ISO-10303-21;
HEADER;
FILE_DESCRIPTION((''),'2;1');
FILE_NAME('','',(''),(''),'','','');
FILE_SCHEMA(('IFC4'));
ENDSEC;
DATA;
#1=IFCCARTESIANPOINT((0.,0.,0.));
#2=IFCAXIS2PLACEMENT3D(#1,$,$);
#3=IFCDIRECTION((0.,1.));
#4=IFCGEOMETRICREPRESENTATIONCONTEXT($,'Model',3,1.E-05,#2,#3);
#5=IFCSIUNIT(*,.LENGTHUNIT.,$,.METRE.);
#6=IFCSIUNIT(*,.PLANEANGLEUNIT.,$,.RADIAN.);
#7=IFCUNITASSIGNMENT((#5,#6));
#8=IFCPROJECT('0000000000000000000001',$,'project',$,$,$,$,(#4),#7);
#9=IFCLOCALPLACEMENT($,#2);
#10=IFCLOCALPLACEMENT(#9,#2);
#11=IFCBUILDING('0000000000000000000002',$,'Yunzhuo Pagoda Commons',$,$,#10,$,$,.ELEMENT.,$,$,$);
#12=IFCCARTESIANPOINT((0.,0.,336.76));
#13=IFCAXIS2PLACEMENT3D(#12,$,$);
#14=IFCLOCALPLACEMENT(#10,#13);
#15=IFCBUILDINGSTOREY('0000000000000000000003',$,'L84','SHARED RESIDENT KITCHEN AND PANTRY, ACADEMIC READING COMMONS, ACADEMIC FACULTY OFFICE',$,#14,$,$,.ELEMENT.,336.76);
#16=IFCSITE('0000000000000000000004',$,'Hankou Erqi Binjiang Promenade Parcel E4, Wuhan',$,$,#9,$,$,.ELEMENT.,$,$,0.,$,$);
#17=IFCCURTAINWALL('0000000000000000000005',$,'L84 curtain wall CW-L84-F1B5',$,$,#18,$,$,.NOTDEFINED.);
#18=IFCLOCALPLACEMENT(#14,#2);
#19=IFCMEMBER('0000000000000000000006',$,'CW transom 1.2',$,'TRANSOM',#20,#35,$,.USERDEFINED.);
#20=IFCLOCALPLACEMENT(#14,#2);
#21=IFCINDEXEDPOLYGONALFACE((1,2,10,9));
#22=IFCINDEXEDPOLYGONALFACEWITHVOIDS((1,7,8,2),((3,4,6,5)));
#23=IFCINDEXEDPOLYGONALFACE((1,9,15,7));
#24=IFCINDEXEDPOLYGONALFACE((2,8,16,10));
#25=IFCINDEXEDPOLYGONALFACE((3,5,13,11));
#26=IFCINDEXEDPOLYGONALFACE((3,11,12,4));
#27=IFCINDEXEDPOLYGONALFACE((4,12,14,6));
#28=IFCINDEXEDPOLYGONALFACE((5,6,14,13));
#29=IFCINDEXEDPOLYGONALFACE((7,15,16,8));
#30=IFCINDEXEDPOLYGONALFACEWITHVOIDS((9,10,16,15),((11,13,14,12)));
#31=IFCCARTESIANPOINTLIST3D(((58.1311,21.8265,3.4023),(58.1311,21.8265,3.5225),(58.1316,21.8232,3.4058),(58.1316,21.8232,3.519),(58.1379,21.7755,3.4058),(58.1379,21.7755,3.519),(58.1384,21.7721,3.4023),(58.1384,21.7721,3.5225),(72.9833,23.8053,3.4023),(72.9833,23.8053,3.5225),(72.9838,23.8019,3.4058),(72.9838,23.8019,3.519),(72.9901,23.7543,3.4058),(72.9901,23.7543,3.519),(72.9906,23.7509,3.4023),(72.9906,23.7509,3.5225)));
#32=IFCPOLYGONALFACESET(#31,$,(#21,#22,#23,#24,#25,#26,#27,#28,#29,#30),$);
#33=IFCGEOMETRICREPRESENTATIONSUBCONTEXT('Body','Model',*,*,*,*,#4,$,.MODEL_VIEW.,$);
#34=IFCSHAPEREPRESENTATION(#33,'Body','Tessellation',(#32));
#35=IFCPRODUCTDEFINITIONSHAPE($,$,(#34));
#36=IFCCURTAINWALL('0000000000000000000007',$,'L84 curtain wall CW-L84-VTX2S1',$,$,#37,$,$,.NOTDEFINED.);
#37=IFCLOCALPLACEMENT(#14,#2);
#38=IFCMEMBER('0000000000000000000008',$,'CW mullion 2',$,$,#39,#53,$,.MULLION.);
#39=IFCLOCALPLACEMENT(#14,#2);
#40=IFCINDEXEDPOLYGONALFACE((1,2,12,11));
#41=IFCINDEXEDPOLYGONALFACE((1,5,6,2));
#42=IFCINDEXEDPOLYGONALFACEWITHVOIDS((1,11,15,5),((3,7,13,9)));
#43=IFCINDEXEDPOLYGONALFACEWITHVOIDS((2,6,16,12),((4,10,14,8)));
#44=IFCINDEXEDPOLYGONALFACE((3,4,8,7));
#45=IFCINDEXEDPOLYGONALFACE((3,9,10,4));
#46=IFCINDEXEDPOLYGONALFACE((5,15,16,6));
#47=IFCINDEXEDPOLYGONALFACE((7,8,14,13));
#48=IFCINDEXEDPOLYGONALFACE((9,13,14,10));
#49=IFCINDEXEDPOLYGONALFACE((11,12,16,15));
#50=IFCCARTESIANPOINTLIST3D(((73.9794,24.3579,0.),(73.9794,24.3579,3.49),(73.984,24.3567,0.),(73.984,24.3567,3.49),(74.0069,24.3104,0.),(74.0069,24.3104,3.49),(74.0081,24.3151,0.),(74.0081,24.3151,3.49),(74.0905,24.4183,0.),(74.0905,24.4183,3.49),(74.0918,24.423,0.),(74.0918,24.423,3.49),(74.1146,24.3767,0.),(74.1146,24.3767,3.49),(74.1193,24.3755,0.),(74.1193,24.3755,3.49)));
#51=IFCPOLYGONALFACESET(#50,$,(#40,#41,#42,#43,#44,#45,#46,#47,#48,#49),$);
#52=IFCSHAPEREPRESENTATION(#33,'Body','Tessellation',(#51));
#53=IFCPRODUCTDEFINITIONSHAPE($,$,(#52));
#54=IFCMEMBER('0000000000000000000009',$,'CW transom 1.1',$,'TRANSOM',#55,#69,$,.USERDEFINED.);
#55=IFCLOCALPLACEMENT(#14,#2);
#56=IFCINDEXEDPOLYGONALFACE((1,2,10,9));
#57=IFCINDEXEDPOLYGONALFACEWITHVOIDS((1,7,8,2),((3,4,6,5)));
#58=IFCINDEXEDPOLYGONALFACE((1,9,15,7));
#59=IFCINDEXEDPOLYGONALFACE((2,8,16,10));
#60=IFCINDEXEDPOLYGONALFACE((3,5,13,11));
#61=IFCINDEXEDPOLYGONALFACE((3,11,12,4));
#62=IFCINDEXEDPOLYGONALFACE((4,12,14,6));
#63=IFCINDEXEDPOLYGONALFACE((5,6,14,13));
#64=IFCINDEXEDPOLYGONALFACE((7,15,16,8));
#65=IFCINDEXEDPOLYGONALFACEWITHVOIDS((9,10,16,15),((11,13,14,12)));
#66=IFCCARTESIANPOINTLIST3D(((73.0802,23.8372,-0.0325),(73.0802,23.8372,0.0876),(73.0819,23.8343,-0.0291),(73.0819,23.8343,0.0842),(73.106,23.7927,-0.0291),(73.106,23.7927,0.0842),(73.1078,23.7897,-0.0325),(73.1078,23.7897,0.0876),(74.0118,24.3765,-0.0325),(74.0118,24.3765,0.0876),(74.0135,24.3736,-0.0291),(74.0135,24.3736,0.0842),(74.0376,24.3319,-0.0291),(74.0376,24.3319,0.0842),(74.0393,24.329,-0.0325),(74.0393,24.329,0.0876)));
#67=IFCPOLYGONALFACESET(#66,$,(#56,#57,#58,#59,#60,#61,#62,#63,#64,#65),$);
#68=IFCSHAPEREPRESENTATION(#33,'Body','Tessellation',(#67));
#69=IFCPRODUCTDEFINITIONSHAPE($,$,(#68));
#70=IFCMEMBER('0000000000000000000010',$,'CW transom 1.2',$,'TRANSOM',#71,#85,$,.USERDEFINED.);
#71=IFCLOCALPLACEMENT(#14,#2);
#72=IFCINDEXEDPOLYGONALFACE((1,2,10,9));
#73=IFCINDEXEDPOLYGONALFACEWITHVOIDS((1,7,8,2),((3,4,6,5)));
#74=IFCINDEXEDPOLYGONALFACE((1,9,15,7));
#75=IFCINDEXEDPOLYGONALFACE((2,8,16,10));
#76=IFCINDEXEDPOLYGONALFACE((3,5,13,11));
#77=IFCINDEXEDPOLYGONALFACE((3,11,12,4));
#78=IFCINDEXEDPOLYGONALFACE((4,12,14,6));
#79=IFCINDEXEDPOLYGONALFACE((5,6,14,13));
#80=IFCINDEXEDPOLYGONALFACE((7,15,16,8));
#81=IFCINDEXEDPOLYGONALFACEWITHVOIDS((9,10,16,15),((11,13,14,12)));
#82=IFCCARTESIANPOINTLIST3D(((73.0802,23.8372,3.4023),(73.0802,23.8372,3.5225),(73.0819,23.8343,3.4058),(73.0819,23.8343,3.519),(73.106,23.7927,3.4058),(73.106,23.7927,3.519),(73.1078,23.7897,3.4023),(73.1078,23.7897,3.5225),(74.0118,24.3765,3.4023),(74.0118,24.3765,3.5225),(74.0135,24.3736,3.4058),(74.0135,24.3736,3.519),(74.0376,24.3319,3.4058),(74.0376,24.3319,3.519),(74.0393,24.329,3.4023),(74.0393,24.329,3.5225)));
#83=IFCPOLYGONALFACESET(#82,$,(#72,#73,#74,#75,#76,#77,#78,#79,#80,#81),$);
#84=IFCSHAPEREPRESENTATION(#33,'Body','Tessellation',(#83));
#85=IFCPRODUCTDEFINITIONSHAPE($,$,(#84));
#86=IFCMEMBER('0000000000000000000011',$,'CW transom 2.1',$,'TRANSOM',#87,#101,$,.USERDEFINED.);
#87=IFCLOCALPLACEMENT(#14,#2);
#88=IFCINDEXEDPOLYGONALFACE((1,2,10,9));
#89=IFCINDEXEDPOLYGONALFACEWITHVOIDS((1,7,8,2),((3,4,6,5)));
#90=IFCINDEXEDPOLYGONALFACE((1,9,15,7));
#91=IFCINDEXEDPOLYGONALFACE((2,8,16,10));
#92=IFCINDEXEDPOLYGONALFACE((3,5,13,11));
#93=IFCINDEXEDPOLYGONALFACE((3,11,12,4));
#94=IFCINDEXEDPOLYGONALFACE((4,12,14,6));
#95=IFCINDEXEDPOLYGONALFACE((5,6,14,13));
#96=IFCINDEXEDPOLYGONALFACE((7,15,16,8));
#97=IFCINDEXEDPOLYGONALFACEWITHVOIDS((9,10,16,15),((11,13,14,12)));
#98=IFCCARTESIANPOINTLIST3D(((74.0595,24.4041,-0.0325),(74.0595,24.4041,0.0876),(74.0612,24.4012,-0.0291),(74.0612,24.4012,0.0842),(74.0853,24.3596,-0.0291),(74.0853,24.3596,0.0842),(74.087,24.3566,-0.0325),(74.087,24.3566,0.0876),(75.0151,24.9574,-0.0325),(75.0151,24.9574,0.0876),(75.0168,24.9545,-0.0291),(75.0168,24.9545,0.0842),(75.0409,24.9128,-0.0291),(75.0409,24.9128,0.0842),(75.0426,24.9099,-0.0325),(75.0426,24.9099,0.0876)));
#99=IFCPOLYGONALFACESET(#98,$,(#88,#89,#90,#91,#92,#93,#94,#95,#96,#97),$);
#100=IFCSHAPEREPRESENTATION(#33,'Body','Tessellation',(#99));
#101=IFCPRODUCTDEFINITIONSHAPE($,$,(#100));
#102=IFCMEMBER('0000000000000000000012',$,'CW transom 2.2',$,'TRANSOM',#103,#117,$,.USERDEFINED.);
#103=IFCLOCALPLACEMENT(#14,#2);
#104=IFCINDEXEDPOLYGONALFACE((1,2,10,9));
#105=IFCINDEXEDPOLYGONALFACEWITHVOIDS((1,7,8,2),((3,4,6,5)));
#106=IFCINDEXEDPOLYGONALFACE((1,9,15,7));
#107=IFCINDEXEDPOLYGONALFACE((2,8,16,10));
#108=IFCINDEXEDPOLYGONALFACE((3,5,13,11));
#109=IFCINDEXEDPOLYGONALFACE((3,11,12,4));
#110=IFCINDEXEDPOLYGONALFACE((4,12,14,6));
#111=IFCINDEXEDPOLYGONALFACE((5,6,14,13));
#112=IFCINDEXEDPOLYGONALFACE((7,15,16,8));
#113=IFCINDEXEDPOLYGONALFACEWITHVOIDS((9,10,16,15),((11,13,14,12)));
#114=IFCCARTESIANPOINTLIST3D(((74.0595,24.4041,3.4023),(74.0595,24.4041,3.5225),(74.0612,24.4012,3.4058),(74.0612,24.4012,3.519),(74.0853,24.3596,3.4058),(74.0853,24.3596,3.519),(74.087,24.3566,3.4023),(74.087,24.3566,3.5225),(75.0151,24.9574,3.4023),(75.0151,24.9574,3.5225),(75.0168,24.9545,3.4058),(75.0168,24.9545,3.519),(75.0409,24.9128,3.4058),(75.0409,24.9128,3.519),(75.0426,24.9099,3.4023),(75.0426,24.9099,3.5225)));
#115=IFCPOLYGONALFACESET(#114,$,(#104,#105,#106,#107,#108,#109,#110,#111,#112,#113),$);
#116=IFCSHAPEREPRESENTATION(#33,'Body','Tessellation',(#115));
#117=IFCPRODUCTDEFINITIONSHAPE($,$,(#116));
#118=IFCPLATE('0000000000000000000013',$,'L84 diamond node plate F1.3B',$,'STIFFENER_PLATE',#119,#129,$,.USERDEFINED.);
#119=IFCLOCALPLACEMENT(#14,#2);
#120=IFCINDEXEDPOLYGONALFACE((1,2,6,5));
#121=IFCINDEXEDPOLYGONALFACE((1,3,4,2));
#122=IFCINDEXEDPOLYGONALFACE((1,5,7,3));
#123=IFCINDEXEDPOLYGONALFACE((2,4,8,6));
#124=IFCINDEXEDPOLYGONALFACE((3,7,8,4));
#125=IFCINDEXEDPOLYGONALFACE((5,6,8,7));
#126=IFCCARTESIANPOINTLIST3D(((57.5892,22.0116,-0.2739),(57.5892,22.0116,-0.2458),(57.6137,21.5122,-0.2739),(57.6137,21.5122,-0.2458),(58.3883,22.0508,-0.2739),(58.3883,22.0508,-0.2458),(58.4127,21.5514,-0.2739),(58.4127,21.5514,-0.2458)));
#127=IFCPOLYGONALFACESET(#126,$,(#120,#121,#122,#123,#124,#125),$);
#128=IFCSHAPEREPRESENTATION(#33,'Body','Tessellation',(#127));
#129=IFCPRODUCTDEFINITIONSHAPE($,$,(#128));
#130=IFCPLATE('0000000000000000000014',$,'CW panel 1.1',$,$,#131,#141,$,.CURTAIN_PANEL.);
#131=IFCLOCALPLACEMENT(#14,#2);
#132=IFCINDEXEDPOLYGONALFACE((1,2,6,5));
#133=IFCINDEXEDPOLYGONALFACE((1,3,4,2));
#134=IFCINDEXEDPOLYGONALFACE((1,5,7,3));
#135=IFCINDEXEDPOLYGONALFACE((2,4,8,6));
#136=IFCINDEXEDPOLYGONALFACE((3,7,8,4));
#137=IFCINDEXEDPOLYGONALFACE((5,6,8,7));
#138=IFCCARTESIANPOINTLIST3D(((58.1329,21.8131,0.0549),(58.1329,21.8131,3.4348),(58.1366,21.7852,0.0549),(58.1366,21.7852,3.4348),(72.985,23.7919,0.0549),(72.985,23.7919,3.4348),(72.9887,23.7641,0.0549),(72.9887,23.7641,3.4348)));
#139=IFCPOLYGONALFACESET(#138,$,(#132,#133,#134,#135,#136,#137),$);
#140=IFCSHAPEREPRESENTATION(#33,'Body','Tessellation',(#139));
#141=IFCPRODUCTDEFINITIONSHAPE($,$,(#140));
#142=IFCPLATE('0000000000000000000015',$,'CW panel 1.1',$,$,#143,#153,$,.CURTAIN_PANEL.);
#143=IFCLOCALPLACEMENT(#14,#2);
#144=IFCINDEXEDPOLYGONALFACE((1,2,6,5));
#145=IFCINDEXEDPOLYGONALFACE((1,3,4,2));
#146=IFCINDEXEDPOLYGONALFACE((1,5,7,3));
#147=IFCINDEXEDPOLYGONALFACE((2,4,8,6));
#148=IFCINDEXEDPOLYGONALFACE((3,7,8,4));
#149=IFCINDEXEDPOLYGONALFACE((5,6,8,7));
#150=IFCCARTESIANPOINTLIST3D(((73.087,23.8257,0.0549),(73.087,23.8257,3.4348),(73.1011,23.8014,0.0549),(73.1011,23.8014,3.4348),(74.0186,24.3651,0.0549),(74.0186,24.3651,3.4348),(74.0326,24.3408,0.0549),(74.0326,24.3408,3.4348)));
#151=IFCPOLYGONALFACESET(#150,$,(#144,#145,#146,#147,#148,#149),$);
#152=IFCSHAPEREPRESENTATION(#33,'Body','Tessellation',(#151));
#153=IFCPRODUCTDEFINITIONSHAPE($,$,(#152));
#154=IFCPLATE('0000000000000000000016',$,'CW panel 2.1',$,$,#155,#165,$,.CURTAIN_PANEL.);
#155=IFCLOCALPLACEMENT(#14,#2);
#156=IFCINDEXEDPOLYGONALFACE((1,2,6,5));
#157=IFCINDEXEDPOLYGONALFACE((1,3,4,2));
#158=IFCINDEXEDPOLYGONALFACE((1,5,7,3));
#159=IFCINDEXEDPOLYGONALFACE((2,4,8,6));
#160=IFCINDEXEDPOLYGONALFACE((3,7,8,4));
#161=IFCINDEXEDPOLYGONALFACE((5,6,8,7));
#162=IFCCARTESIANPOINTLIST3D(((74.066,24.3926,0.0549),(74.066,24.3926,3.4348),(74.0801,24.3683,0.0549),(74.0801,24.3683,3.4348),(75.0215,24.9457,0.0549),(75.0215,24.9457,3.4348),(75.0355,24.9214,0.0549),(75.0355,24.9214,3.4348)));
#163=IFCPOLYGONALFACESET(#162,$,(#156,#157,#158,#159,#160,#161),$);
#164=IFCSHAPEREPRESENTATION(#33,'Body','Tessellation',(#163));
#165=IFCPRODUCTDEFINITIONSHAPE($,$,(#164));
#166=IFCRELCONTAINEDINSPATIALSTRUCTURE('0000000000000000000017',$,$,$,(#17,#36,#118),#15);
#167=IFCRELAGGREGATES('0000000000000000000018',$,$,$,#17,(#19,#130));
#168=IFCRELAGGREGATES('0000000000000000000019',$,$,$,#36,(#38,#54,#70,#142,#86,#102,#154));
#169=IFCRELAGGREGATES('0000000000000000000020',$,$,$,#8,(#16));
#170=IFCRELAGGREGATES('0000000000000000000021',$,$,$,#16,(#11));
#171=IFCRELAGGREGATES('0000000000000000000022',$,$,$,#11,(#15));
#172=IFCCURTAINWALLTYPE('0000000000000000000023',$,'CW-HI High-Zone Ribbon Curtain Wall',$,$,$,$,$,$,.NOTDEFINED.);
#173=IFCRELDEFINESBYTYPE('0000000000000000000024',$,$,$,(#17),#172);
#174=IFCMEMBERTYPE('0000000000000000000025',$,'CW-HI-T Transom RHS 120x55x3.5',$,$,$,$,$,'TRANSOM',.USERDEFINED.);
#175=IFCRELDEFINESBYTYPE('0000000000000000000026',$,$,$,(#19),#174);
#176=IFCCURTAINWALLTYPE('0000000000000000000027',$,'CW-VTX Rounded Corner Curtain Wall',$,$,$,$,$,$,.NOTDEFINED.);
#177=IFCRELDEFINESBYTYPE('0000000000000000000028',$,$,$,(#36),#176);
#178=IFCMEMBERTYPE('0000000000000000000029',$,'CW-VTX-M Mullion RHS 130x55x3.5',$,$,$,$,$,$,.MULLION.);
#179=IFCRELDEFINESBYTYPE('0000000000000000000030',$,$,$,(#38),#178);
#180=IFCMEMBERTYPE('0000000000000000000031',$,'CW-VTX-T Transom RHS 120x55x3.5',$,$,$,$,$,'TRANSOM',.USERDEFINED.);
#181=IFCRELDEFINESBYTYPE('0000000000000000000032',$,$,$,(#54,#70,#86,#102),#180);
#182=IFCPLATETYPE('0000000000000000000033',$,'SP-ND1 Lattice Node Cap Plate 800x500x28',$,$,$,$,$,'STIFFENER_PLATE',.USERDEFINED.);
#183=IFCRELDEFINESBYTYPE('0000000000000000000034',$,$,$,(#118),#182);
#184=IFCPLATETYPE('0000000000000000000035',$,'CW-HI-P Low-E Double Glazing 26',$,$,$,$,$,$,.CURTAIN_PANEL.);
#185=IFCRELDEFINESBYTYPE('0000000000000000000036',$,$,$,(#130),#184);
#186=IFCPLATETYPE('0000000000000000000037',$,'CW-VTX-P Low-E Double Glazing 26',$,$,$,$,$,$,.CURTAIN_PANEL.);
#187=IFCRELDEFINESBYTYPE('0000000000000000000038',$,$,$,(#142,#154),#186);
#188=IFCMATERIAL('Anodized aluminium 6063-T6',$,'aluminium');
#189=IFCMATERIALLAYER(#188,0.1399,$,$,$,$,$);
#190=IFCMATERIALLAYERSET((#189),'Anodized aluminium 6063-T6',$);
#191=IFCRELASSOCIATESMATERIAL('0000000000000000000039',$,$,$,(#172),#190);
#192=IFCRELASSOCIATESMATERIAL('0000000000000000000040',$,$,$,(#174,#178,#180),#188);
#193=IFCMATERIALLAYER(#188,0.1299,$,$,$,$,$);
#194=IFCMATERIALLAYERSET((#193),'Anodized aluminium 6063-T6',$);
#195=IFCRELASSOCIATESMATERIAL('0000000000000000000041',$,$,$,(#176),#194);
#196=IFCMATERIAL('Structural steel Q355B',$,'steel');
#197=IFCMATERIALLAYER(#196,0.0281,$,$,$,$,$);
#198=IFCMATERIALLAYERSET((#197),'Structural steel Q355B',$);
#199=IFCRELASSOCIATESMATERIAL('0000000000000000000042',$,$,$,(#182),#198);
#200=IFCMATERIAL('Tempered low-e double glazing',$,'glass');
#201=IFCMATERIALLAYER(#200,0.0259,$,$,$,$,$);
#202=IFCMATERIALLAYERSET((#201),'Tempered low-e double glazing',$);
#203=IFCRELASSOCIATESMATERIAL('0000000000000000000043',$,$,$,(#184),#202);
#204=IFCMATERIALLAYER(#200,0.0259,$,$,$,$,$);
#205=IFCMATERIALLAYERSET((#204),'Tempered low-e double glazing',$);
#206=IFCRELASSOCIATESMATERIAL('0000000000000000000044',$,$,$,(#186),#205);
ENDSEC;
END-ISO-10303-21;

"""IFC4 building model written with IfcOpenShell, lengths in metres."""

from ifc_helpers import new_model, si_unit, direction, frame, origin, origin_2d, place, context, subcontext, project, spatial, rectangle, hollow_rectangle, extrude, source, transform, mapped, material, layer, layer_set, material_profile, profile_set, type_object, element, aggregate, save


model = new_model("IFC4")

# Units and contexts
model_context = context("Model", 3, precision=1e-05, world=origin(), true_north=direction((0.0, 1.0)))
body_context = subcontext(model_context, "Body", "Model", "MODEL_VIEW")
ifc_project = project(units=[si_unit("LENGTHUNIT", "METRE"), si_unit("PLANEANGLEUNIT", "RADIAN")], contexts=[model_context])

# Site, building, storey
site_placement = place(None, origin())
site = spatial("IfcSite", under=ifc_project, at=site_placement, Name="Hankou Erqi Binjiang Promenade Parcel E4, Wuhan", CompositionType="ELEMENT", RefElevation=0.0)
building_placement = place(site_placement, origin())
building = spatial("IfcBuilding", under=site, at=building_placement, Name="Yunzhuo Pagoda Commons", CompositionType="ELEMENT")
storey_placement = place(building_placement, frame((0.0, 0.0, 336.76)))
storey = spatial("IfcBuildingStorey", under=building, at=storey_placement, Name="L84", Description="SHARED RESIDENT KITCHEN AND PANTRY, ACADEMIC READING COMMONS, ACADEMIC FACULTY OFFICE", CompositionType="ELEMENT", Elevation=336.76)

# Shared definitions
ifc_material_1 = material(Name="Structural steel Q355B", Category="steel")

# Curtain walls, members
ifc_material_2 = material(Name="Anodized aluminium 6063-T6", Category="aluminium")
ifc_layer_1 = layer(ifc_material_2, 0.1399)
ifc_layer_set_1 = layer_set([ifc_layer_1], Name="Anodized aluminium 6063-T6")
curtain_wall_type_1 = type_object("IfcCurtainWallType", Name="CW-HI High-Zone Ribbon Curtain Wall", PredefinedType="NOTDEFINED", material=ifc_layer_set_1)
curtain_wall_1_placement = place(storey_placement, origin())
curtain_wall_1 = element("IfcCurtainWall", 1, at=curtain_wall_1_placement, inside=storey, type_object=curtain_wall_type_1, Name="L84 curtain wall CW-L84-F1B5", PredefinedType="NOTDEFINED")
ifc_material_profile_1 = material_profile(ifc_material_2, hollow_rectangle(XDim=0.0549, YDim=0.1201, WallThickness=0.0034, at=origin_2d()), Name="Anodized aluminium 6063-T6")
ifc_profile_set_1 = profile_set([ifc_material_profile_1], Name="Anodized aluminium 6063-T6")
member_type_1 = type_object("IfcMemberType", Name="CW-HI-T Transom RHS 120x55x3.5", ElementType="TRANSOM", PredefinedType="USERDEFINED", material=ifc_profile_set_1)
shared_shape_1 = source(origin(), body_context, "Body", "SweptSolid", [
    extrude(hollow_rectangle(XDim=0.0549, YDim=0.1201, WallThickness=0.0034, at=origin_2d()), origin(), (0.0, 0.0, 1.0), 14.9834),
])
member_1_placement = place(storey_placement, frame((58.1348, 21.7993, 3.4624), z_axis=(0.991241, 0.132064, 0.0), x_axis=(-0.132064, 0.991241, 0.0)))
member_1 = element("IfcMember", 2, at=member_1_placement, type_object=member_type_1, Name="CW transom 1.2", ObjectType="TRANSOM", PredefinedType="USERDEFINED", context=body_context, shape_type="MappedRepresentation", body=[
    mapped(shared_shape_1, transform((0.0, 0.0, 0.0), scale=1.0)),
])
ifc_layer_2 = layer(ifc_material_2, 0.1299)
ifc_layer_set_2 = layer_set([ifc_layer_2], Name="Anodized aluminium 6063-T6")
curtain_wall_type_2 = type_object("IfcCurtainWallType", Name="CW-VTX Rounded Corner Curtain Wall", PredefinedType="NOTDEFINED", material=ifc_layer_set_2)
curtain_wall_2_placement = place(storey_placement, origin())
curtain_wall_2 = element("IfcCurtainWall", 3, at=curtain_wall_2_placement, inside=storey, type_object=curtain_wall_type_2, Name="L84 curtain wall CW-L84-VTX2S1", PredefinedType="NOTDEFINED")
ifc_material_profile_2 = material_profile(ifc_material_2, hollow_rectangle(XDim=0.0549, YDim=0.1299, WallThickness=0.0034, at=origin_2d()), Name="Anodized aluminium 6063-T6")
ifc_profile_set_2 = profile_set([ifc_material_profile_2], Name="Anodized aluminium 6063-T6")
member_type_2 = type_object("IfcMemberType", Name="CW-VTX-M Mullion RHS 130x55x3.5", PredefinedType="MULLION", material=ifc_profile_set_2)
shared_shape_2 = source(origin(), body_context, "Body", "SweptSolid", [
    extrude(hollow_rectangle(XDim=0.0549, YDim=0.1299, WallThickness=0.0034, at=origin_2d()), origin(), (0.0, 0.0, 1.0), 3.49),
])
member_2_placement = place(storey_placement, frame((74.0493, 24.3667, 0.0), z_axis=(0.0, 0.0, 1.0), x_axis=(-0.501028, 0.865431, 0.0)))
member_2 = element("IfcMember", 4, at=member_2_placement, type_object=member_type_2, Name="CW mullion 2", PredefinedType="MULLION", context=body_context, shape_type="MappedRepresentation", body=[
    mapped(shared_shape_2, transform((0.0, 0.0, 0.0), scale=1.0)),
])
ifc_material_profile_3 = material_profile(ifc_material_2, hollow_rectangle(XDim=0.0549, YDim=0.1201, WallThickness=0.0034, at=origin_2d()), Name="Anodized aluminium 6063-T6")
ifc_profile_set_3 = profile_set([ifc_material_profile_3], Name="Anodized aluminium 6063-T6")
member_type_3 = type_object("IfcMemberType", Name="CW-VTX-T Transom RHS 120x55x3.5", ElementType="TRANSOM", PredefinedType="USERDEFINED", material=ifc_profile_set_3)
shared_shape_3 = source(origin(), body_context, "Body", "SweptSolid", [
    extrude(hollow_rectangle(XDim=0.0549, YDim=0.1201, WallThickness=0.0034, at=origin_2d()), origin(), (0.0, 0.0, 1.0), 1.0764),
])
member_3_placement = place(storey_placement, frame((73.094, 23.8135, 0.0276), z_axis=(0.865452, 0.500992, 0.0), x_axis=(-0.500992, 0.865452, 0.0)))
member_3 = element("IfcMember", 5, at=member_3_placement, type_object=member_type_3, Name="CW transom 1.1", ObjectType="TRANSOM", PredefinedType="USERDEFINED", context=body_context, shape_type="MappedRepresentation", body=[
    mapped(shared_shape_3, transform((0.0, 0.0, 0.0), scale=1.0)),
])
member_4_placement = place(storey_placement, frame((73.094, 23.8135, 3.4624), z_axis=(0.865452, 0.500992, 0.0), x_axis=(-0.500992, 0.865452, 0.0)))
member_4 = element("IfcMember", 6, at=member_4_placement, type_object=member_type_3, Name="CW transom 1.2", ObjectType="TRANSOM", PredefinedType="USERDEFINED", context=body_context, shape_type="MappedRepresentation", body=[
    mapped(shared_shape_3, transform((0.0, 0.0, 0.0), scale=1.0)),
])
shared_shape_4 = source(origin(), body_context, "Body", "SweptSolid", [
    extrude(hollow_rectangle(XDim=0.0549, YDim=0.1201, WallThickness=0.0034, at=origin_2d()), origin(), (0.0, 0.0, 1.0), 1.1042),
])
member_5_placement = place(storey_placement, frame((74.0732, 24.3804, 0.0276), z_axis=(0.865426, 0.501036, 0.0), x_axis=(-0.501036, 0.865426, 0.0)))
member_5 = element("IfcMember", 7, at=member_5_placement, type_object=member_type_3, Name="CW transom 2.1", ObjectType="TRANSOM", PredefinedType="USERDEFINED", context=body_context, shape_type="MappedRepresentation", body=[
    mapped(shared_shape_4, transform((0.0, 0.0, 0.0), scale=1.0)),
])
member_6_placement = place(storey_placement, frame((74.0732, 24.3804, 3.4624), z_axis=(0.865426, 0.501036, 0.0), x_axis=(-0.501036, 0.865426, 0.0)))
member_6 = element("IfcMember", 8, at=member_6_placement, type_object=member_type_3, Name="CW transom 2.2", ObjectType="TRANSOM", PredefinedType="USERDEFINED", context=body_context, shape_type="MappedRepresentation", body=[
    mapped(shared_shape_4, transform((0.0, 0.0, 0.0), scale=1.0)),
])

# Plates
ifc_layer_3 = layer(ifc_material_1, 0.0281)
ifc_layer_set_3 = layer_set([ifc_layer_3], Name="Structural steel Q355B")
plate_type_1 = type_object("IfcPlateType", Name="SP-ND1 Lattice Node Cap Plate 800x500x28", ElementType="STIFFENER_PLATE", PredefinedType="USERDEFINED", material=ifc_layer_set_3)
shared_shape_5 = source(origin(), body_context, "Body", "SweptSolid", [
    extrude(rectangle(XDim=0.8, YDim=0.5, at=origin_2d()), origin(), (0.0, 0.0, 1.0), 0.0281),
])
plate_1_placement = place(storey_placement, frame((58.001, 21.7815, -0.2739), z_axis=(0.0, 0.0, 1.0), x_axis=(0.998804, 0.048902, 0.0)))
element("IfcPlate", 9, at=plate_1_placement, inside=storey, type_object=plate_type_1, Name="L84 diamond node plate F1.3B", ObjectType="STIFFENER_PLATE", PredefinedType="USERDEFINED", context=body_context, shape_type="MappedRepresentation", body=[
    mapped(shared_shape_5, transform((0.0, 0.0, 0.0), scale=1.0)),
])
ifc_material_3 = material(Name="Tempered low-e double glazing", Category="glass")
ifc_layer_4 = layer(ifc_material_3, 0.0259)
ifc_layer_set_4 = layer_set([ifc_layer_4], Name="Tempered low-e double glazing")
plate_type_2 = type_object("IfcPlateType", Name="CW-HI-P Low-E Double Glazing 26", PredefinedType="CURTAIN_PANEL", material=ifc_layer_set_4)
shared_shape_6 = source(origin(), body_context, "Body", "SweptSolid", [
    extrude(rectangle(XDim=14.9834, YDim=0.0281, at=origin_2d()), origin(), (0.0, 0.0, 1.0), 3.3799),
])
plate_2_placement = place(storey_placement, frame((65.5608, 22.7886, 0.0549), z_axis=(0.0, 0.0, 1.0), x_axis=(0.991241, 0.132069, 0.0)))
plate_2 = element("IfcPlate", 10, at=plate_2_placement, type_object=plate_type_2, Name="CW panel 1.1", PredefinedType="CURTAIN_PANEL", context=body_context, shape_type="MappedRepresentation", body=[
    mapped(shared_shape_6, transform((0.0, 0.0, 0.0), scale=1.0)),
])
aggregate(curtain_wall_1, [member_1, plate_2])
ifc_layer_5 = layer(ifc_material_3, 0.0259)
ifc_layer_set_5 = layer_set([ifc_layer_5], Name="Tempered low-e double glazing")
plate_type_3 = type_object("IfcPlateType", Name="CW-VTX-P Low-E Double Glazing 26", PredefinedType="CURTAIN_PANEL", material=ifc_layer_set_5)
shared_shape_7 = source(origin(), body_context, "Body", "SweptSolid", [
    extrude(rectangle(XDim=1.0764, YDim=0.0281, at=origin_2d()), origin(), (0.0, 0.0, 1.0), 3.3799),
])
plate_3_placement = place(storey_placement, frame((73.5598, 24.0833, 0.0549), z_axis=(0.0, 0.0, 1.0), x_axis=(0.865431, 0.501028, 0.0)))
plate_3 = element("IfcPlate", 11, at=plate_3_placement, type_object=plate_type_3, Name="CW panel 1.1", PredefinedType="CURTAIN_PANEL", context=body_context, shape_type="MappedRepresentation", body=[
    mapped(shared_shape_7, transform((0.0, 0.0, 0.0), scale=1.0)),
])
shared_shape_8 = source(origin(), body_context, "Body", "SweptSolid", [
    extrude(rectangle(XDim=1.104, YDim=0.0281, at=origin_2d()), origin(), (0.0, 0.0, 1.0), 3.3799),
])
plate_4_placement = place(storey_placement, frame((74.5508, 24.657, 0.0549), z_axis=(0.0, 0.0, 1.0), x_axis=(0.865431, 0.501028, 0.0)))
plate_4 = element("IfcPlate", 12, at=plate_4_placement, type_object=plate_type_3, Name="CW panel 2.1", PredefinedType="CURTAIN_PANEL", context=body_context, shape_type="MappedRepresentation", body=[
    mapped(shared_shape_8, transform((0.0, 0.0, 0.0), scale=1.0)),
])
aggregate(curtain_wall_2, [member_2, member_3, member_4, plate_3, member_5, member_6, plate_4])

save(model, "model.ifc")
